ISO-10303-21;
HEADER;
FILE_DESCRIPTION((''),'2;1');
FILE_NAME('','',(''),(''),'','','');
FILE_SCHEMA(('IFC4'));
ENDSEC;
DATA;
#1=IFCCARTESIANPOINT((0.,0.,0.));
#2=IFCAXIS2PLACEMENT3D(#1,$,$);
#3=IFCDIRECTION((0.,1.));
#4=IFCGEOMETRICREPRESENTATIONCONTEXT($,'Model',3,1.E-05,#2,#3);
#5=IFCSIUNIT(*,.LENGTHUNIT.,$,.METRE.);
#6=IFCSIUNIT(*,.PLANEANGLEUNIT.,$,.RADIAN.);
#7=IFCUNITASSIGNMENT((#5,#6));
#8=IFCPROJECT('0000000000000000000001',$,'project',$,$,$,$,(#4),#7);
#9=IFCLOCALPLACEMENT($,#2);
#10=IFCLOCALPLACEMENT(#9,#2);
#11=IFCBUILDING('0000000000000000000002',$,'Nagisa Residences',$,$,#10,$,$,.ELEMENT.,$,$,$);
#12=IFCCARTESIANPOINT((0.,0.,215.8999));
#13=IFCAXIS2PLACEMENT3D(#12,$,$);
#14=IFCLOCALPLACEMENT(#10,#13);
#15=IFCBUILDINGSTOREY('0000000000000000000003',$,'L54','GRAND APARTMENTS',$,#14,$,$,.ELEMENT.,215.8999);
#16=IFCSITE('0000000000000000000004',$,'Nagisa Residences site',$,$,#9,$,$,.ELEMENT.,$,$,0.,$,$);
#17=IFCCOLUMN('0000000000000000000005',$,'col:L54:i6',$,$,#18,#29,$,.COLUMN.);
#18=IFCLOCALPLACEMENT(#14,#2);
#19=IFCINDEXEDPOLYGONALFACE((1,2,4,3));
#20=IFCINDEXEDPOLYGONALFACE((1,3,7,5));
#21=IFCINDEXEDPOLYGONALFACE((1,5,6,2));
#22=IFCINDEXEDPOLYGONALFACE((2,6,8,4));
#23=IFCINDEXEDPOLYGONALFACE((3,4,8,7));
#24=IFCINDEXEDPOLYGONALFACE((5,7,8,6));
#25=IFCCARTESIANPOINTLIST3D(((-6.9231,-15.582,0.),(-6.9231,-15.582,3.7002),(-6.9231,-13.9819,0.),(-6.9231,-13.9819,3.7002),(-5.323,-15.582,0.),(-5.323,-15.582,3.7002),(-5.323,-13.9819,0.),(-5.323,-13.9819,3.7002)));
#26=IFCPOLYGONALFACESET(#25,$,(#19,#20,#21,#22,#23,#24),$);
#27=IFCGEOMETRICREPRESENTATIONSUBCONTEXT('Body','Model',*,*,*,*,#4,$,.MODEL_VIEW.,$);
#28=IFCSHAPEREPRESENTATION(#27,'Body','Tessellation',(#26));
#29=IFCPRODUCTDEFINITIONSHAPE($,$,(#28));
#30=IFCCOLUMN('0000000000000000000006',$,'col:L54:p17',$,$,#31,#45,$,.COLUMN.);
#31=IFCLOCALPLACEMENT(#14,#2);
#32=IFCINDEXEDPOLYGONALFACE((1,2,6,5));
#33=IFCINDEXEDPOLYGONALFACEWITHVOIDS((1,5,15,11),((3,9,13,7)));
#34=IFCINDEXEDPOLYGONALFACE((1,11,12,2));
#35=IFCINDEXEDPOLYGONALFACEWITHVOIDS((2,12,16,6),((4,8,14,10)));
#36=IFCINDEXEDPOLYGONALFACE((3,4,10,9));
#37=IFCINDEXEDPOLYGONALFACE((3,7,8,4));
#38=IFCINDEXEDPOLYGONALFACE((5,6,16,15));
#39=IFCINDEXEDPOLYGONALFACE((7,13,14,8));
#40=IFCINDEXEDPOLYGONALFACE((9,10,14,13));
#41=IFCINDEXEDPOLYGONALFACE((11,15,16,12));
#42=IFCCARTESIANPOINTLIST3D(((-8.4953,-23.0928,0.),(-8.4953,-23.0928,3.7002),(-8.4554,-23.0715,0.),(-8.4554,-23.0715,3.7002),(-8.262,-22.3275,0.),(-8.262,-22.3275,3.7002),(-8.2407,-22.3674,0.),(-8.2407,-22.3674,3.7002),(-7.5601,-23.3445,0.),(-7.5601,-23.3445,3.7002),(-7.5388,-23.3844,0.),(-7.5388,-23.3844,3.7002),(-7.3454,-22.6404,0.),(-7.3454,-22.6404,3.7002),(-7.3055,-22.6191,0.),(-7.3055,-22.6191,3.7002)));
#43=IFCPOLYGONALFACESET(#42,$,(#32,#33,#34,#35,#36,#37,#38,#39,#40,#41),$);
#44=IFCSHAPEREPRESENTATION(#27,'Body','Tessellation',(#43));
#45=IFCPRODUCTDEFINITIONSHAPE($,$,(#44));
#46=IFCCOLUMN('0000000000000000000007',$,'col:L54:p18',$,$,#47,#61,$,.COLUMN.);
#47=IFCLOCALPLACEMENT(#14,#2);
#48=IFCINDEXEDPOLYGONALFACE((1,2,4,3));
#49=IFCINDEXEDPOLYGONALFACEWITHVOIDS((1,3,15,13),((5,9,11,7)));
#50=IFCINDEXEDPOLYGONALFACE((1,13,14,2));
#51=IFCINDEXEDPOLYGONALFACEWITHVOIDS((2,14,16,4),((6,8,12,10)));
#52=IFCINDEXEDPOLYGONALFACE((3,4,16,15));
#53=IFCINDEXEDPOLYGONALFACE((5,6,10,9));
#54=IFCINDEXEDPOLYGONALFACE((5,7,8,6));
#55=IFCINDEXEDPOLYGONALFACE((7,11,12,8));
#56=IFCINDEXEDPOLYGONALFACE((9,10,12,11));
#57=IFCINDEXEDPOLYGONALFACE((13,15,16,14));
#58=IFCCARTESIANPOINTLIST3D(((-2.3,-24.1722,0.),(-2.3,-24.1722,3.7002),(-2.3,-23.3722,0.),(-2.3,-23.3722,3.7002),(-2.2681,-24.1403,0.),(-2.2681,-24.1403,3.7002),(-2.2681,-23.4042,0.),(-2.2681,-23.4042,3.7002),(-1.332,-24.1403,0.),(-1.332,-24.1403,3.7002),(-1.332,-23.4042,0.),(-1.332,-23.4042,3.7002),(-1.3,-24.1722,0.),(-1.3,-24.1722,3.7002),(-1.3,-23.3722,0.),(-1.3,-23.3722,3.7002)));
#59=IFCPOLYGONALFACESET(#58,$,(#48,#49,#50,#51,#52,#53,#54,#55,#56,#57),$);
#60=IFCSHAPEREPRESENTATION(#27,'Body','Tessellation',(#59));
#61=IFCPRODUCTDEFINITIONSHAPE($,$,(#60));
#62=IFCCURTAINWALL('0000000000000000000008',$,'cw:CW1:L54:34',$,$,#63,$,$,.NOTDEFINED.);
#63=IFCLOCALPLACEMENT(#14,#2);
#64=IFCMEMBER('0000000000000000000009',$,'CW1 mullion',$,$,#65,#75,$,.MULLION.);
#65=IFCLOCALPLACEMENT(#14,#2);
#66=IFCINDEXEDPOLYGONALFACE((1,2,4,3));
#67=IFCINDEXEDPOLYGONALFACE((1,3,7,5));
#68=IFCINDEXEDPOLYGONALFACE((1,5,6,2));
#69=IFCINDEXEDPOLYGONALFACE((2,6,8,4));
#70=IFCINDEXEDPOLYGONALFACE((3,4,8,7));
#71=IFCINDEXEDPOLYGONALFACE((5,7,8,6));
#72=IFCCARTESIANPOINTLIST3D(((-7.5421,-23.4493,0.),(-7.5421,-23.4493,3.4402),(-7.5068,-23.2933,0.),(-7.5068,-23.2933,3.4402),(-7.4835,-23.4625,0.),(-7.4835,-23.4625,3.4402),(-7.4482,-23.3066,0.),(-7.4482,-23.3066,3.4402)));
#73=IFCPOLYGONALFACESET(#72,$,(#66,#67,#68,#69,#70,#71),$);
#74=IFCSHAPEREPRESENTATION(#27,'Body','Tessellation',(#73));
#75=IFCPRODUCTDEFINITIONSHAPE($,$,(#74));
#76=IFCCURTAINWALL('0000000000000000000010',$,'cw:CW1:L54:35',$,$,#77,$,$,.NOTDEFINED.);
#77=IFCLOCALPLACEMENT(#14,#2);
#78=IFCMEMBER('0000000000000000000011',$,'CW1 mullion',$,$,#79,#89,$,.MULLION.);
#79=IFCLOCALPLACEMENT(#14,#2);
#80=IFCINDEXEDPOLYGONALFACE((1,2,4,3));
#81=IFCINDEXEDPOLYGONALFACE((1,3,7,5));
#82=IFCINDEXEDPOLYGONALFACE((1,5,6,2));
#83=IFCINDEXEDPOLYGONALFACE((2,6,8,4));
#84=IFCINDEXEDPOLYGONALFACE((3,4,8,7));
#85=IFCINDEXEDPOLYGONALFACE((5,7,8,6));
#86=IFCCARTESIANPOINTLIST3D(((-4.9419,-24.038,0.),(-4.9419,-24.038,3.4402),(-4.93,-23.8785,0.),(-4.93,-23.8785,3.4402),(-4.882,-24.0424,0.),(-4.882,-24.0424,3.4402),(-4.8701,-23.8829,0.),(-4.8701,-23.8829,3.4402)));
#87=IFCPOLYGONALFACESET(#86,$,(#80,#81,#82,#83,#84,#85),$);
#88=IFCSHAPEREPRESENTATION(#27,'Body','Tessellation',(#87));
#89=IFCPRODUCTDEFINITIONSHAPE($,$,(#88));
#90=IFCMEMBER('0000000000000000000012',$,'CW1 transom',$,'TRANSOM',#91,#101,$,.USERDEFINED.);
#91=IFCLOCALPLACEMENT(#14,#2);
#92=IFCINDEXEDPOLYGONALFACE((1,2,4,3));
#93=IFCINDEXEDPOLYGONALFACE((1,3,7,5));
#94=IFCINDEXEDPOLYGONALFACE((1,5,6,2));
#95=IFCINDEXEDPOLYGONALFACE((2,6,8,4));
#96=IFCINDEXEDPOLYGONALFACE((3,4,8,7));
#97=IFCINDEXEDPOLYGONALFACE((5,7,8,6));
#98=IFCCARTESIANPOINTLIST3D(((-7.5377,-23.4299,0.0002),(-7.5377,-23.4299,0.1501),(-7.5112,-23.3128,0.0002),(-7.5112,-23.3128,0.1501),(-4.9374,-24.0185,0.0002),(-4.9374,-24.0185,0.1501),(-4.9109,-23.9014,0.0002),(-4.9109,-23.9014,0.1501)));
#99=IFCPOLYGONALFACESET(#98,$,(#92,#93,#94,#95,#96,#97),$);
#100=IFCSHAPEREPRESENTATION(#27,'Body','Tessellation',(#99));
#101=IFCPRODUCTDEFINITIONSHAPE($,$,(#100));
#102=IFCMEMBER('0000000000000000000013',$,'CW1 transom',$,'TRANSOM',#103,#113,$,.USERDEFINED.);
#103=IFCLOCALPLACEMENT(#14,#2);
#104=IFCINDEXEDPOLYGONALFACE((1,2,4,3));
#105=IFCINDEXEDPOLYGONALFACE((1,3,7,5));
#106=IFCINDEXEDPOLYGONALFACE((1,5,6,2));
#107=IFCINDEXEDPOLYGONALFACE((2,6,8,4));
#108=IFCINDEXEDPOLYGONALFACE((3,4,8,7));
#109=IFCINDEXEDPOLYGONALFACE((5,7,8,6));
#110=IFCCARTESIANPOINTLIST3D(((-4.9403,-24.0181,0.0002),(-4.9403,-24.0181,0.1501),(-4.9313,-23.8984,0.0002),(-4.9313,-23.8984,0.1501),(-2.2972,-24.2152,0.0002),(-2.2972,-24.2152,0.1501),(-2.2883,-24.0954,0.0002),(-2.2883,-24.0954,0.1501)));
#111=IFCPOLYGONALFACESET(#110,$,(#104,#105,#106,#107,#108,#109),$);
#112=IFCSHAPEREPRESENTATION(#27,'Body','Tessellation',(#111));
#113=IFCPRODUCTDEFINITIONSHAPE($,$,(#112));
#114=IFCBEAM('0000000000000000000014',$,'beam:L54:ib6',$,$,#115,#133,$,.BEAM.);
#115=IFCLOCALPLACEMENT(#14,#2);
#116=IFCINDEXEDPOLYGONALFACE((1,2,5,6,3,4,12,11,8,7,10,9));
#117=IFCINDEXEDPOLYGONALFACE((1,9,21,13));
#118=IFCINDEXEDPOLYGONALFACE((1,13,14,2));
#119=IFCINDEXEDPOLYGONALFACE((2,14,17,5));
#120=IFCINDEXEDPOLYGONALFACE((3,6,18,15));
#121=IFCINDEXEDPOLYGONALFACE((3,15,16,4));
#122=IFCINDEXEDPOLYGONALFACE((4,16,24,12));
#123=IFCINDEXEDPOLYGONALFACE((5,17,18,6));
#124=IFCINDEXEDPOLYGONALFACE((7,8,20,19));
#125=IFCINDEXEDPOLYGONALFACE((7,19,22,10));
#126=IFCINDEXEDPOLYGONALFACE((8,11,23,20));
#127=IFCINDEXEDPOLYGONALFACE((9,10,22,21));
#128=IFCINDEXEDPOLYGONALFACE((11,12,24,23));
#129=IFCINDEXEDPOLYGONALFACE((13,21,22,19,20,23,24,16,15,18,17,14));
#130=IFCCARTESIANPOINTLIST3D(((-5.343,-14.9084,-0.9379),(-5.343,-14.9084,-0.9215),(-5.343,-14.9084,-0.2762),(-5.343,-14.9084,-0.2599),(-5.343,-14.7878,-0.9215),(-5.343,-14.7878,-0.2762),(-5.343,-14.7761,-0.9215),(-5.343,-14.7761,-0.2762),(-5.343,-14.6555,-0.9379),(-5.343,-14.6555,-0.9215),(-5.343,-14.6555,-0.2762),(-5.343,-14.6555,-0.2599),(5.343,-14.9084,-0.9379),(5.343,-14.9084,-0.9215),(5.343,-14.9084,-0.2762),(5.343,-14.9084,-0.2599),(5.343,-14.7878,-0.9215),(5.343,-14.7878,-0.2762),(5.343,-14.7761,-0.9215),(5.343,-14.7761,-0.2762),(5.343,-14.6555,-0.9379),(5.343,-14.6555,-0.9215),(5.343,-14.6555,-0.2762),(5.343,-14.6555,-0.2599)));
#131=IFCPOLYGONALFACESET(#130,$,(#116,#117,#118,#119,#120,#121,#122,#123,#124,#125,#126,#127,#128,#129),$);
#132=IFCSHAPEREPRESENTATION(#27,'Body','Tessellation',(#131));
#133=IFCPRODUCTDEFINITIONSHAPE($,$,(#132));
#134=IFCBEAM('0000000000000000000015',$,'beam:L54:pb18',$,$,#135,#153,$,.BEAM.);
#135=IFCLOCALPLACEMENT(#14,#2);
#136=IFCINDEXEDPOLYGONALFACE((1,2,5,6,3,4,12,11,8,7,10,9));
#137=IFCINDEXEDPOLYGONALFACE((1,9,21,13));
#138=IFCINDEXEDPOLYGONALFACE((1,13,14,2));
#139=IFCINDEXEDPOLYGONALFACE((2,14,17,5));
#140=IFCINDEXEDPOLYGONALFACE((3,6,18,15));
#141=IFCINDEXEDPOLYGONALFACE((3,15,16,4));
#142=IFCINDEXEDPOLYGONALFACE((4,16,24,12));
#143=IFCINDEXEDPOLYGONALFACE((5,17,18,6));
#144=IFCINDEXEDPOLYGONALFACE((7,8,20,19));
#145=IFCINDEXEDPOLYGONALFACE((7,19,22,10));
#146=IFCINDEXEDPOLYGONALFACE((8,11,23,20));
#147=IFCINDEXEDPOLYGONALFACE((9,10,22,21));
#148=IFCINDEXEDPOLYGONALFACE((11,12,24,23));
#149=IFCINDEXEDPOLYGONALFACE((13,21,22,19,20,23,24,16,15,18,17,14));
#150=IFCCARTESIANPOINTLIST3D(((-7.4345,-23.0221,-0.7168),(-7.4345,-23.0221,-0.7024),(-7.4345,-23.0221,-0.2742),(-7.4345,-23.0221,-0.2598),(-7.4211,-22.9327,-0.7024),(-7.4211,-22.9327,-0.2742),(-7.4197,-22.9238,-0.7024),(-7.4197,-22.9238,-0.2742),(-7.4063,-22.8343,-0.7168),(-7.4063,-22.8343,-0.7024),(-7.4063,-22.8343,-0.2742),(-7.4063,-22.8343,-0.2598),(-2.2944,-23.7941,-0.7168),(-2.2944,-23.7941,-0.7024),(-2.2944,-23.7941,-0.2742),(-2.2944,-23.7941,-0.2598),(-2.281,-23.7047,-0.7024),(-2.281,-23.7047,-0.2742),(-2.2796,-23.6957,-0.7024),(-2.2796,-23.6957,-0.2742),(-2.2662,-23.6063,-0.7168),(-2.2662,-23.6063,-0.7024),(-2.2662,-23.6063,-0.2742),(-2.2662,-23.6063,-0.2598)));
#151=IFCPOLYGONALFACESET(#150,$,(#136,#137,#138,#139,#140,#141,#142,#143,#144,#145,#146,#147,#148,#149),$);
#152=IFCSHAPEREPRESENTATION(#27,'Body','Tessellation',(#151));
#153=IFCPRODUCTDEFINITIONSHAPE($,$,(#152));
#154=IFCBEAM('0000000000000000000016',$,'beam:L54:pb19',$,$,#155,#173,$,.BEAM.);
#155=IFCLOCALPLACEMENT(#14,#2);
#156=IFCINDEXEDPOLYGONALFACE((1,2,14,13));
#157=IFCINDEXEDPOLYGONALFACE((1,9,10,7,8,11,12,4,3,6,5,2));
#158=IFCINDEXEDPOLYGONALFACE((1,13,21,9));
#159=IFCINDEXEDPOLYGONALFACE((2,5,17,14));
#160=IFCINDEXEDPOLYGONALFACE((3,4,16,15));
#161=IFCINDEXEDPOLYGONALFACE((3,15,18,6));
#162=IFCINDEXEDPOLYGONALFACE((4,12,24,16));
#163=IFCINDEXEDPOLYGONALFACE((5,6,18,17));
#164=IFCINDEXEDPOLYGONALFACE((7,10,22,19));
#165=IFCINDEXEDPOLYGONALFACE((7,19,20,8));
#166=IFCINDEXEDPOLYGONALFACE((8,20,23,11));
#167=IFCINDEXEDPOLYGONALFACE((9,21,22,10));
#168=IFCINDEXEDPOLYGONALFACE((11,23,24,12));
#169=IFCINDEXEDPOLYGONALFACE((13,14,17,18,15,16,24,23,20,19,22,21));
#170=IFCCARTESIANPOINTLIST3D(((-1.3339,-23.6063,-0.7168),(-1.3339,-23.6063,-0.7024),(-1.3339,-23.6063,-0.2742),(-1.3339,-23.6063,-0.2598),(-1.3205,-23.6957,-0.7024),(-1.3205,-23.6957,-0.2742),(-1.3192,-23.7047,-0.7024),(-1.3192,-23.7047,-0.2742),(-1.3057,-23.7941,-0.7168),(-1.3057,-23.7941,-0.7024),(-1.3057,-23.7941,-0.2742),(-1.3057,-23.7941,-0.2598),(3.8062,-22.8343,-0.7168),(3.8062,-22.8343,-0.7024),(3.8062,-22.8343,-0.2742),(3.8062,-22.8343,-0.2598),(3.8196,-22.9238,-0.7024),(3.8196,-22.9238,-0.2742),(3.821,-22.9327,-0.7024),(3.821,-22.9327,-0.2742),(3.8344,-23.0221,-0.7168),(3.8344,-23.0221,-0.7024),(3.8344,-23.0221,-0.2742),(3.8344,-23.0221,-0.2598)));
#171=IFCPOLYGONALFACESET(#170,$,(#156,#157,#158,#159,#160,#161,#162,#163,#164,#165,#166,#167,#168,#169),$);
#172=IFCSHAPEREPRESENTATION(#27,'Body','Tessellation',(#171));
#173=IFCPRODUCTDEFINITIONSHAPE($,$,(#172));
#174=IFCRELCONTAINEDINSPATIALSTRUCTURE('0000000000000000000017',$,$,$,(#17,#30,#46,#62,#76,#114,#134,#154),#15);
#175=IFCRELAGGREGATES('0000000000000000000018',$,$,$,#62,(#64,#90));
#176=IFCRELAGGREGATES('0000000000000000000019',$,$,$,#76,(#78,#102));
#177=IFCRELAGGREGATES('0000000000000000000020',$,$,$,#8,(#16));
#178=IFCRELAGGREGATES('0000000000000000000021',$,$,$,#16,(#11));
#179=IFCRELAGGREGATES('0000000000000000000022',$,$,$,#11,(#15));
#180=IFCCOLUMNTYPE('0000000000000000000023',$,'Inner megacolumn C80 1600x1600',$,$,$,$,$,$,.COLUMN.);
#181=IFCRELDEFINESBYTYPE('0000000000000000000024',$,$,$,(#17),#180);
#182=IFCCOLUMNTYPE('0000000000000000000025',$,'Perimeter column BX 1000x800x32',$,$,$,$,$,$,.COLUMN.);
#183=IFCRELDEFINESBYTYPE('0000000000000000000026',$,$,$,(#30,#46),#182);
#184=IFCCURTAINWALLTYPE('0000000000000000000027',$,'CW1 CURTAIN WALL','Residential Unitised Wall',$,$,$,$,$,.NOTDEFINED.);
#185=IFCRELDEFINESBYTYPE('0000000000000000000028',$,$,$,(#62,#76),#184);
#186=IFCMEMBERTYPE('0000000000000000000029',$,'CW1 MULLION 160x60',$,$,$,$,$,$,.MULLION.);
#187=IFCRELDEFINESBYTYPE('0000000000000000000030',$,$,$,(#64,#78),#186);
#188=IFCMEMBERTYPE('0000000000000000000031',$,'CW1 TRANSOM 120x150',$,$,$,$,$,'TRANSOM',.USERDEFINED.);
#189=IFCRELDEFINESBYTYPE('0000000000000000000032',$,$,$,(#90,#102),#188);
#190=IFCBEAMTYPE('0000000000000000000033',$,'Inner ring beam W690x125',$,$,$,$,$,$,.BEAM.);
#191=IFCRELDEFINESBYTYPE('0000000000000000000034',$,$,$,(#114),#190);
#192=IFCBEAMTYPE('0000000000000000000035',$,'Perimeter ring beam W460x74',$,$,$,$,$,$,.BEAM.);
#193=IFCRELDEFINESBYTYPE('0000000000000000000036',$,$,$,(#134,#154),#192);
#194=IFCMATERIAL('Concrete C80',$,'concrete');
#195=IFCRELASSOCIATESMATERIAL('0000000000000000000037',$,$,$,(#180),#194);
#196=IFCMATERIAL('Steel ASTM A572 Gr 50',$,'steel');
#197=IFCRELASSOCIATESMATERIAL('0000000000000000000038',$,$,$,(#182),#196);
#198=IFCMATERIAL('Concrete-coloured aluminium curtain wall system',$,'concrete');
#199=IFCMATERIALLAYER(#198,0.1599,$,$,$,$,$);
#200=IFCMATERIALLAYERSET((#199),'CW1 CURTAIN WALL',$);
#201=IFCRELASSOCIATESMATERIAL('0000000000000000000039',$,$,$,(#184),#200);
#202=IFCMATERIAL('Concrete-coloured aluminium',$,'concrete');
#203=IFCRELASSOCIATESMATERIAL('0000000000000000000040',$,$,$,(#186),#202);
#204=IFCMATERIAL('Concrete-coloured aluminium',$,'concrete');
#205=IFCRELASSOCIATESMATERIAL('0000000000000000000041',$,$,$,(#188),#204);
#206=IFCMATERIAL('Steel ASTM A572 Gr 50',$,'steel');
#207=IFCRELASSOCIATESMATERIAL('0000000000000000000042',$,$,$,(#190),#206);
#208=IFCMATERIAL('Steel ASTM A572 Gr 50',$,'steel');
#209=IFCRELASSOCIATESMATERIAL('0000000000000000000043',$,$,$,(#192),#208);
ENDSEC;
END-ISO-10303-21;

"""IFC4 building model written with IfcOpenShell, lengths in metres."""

from ifc_helpers import new_model, si_unit, direction, frame, origin, origin_2d, place, context, subcontext, project, spatial, rectangle, hollow_rectangle, i_section, extrude, material, layer, layer_set, material_profile, profile_set, type_object, element, aggregate, save


model = new_model("IFC4")

# Units and contexts
model_context = context("Model", 3, precision=1e-05, world=origin(), true_north=direction((0.0, 1.0)))
body_context = subcontext(model_context, "Body", "Model", "MODEL_VIEW")
ifc_project = project(units=[si_unit("LENGTHUNIT", "METRE"), si_unit("PLANEANGLEUNIT", "RADIAN")], contexts=[model_context])

# Site, building, storey
site_placement = place(None, origin())
site = spatial("IfcSite", under=ifc_project, at=site_placement, Name="Nagisa Residences site", CompositionType="ELEMENT", RefElevation=0.0)
building_placement = place(site_placement, origin())
building = spatial("IfcBuilding", under=site, at=building_placement, Name="Nagisa Residences", CompositionType="ELEMENT")
storey_placement = place(building_placement, frame((0.0, 0.0, 215.8999)))
storey = spatial("IfcBuildingStorey", under=building, at=storey_placement, Name="L54", Description="GRAND APARTMENTS", CompositionType="ELEMENT", Elevation=215.8999)

# Columns
ifc_material_1 = material(Name="Concrete C80", Category="concrete")
ifc_material_profile_1 = material_profile(ifc_material_1, rectangle(XDim=1.6001, YDim=1.6001, at=origin_2d()), Name="C80 1600x1600")
ifc_profile_set_1 = profile_set([ifc_material_profile_1], Name="Concrete C80")
column_type_1 = type_object("IfcColumnType", Name="Inner megacolumn C80 1600x1600", PredefinedType="COLUMN", material=ifc_profile_set_1)
column_placement = place(storey_placement, frame((-6.123, -14.782, 0.0), z_axis=(0.0, 0.0, 1.0), x_axis=(1.0, 0.0, 0.0)))
element("IfcColumn", 1, at=column_placement, inside=storey, type_object=column_type_1, Name="col:L54:i6", PredefinedType="COLUMN", context=body_context, shape_type="SweptSolid", body=[
    extrude(rectangle(XDim=1.6001, YDim=1.6001, at=origin_2d()), origin(), (0.0, 0.0, 1.0), 3.7002),
])
ifc_material_2 = material(Name="Steel ASTM A572 Gr 50", Category="steel")
ifc_material_profile_2 = material_profile(ifc_material_2, hollow_rectangle(XDim=1.0, YDim=0.8, WallThickness=0.032, at=origin_2d()), Name="BX 1000x800x32")
ifc_profile_set_2 = profile_set([ifc_material_profile_2], Name="Steel ASTM A572 Gr 50")
column_type_2 = type_object("IfcColumnType", Name="Perimeter column BX 1000x800x32", PredefinedType="COLUMN", material=ifc_profile_set_2)
for number, where, z_axis, x_axis, name in (
    (2, (-7.9004, -22.856, 0.0), (0.0, 0.0, 1.0), (0.956525, -0.291652, 0.0), "col:L54:p17"),
    (3, (-1.8, -23.7722, 0.0), (0.0, 0.0, 1.0), (1.0, 0.0, 0.0), "col:L54:p18"),
):
    element("IfcColumn", number, at=place(storey_placement, frame(where, z_axis=z_axis, x_axis=x_axis)), inside=storey, type_object=column_type_2, Name=name, PredefinedType="COLUMN", context=body_context, shape_type="SweptSolid", body=[
        extrude(hollow_rectangle(XDim=1.0, YDim=0.8, WallThickness=0.032, at=origin_2d()), origin(), (0.0, 0.0, 1.0), 3.7002),
    ])

# Curtain walls, members
ifc_material_3 = material(Name="Concrete-coloured aluminium curtain wall system", Category="concrete")
ifc_layer_1 = layer(ifc_material_3, 0.1599)
ifc_layer_set_1 = layer_set([ifc_layer_1], Name="CW1 CURTAIN WALL")
curtain_wall_type = type_object("IfcCurtainWallType", Name="CW1 CURTAIN WALL", Description="Residential Unitised Wall", PredefinedType="NOTDEFINED", material=ifc_layer_set_1)
curtain_wall_1_placement = place(storey_placement, origin())
curtain_wall_1 = element("IfcCurtainWall", 4, at=curtain_wall_1_placement, inside=storey, type_object=curtain_wall_type, Name="cw:CW1:L54:34", PredefinedType="NOTDEFINED")
ifc_material_4 = material(Name="Concrete-coloured aluminium", Category="concrete")
ifc_material_profile_3 = material_profile(ifc_material_4, rectangle(XDim=0.1599, YDim=0.0601, at=origin_2d()), Name="CW1 MULLION 160x60")
ifc_profile_set_3 = profile_set([ifc_material_profile_3], Name="Concrete-coloured aluminium")
member_type_1 = type_object("IfcMemberType", Name="CW1 MULLION 160x60", PredefinedType="MULLION", material=ifc_profile_set_3)
member_1_placement = place(storey_placement, frame((-7.4951, -23.3779, 0.0), z_axis=(0.0, 0.0, 1.0), x_axis=(0.220764, 0.975327, 0.0)))
member_1 = element("IfcMember", 5, at=member_1_placement, type_object=member_type_1, Name="CW1 mullion", PredefinedType="MULLION", context=body_context, shape_type="SweptSolid", body=[
    extrude(rectangle(XDim=0.1599, YDim=0.0601, at=origin_2d()), origin(), (0.0, 0.0, 1.0), 3.4402),
])
curtain_wall_2_placement = place(storey_placement, origin())
curtain_wall_2 = element("IfcCurtainWall", 6, at=curtain_wall_2_placement, inside=storey, type_object=curtain_wall_type, Name="cw:CW1:L54:35", PredefinedType="NOTDEFINED")
member_2_placement = place(storey_placement, frame((-4.906, -23.9604, 0.0), z_axis=(0.0, 0.0, 1.0), x_axis=(0.074377, 0.99723, 0.0)))
member_2 = element("IfcMember", 7, at=member_2_placement, type_object=member_type_1, Name="CW1 mullion", PredefinedType="MULLION", context=body_context, shape_type="SweptSolid", body=[
    extrude(rectangle(XDim=0.1599, YDim=0.0601, at=origin_2d()), origin(), (0.0, 0.0, 1.0), 3.4402),
])

# Members
ifc_material_5 = material(Name="Concrete-coloured aluminium", Category="concrete")
ifc_material_profile_4 = material_profile(ifc_material_5, rectangle(XDim=0.1201, YDim=0.1499, at=origin_2d()), Name="CW1 TRANSOM 120x150")
ifc_profile_set_4 = profile_set([ifc_material_profile_4], Name="Concrete-coloured aluminium")
member_type_2 = type_object("IfcMemberType", Name="CW1 TRANSOM 120x150", ElementType="TRANSOM", PredefinedType="USERDEFINED", material=ifc_profile_set_4)
member_3_placement = place(storey_placement, frame((-7.5244, -23.3713, 0.0752), z_axis=(0.975324, -0.220778, 0.0), x_axis=(0.220778, 0.975324, 0.0)))
member_3 = element("IfcMember", 8, at=member_3_placement, type_object=member_type_2, Name="CW1 transom", ObjectType="TRANSOM", PredefinedType="USERDEFINED", context=body_context, shape_type="SweptSolid", body=[
    extrude(rectangle(XDim=0.1201, YDim=0.1499, at=origin_2d()), origin(), (0.0, 0.0, 1.0), 2.666),
])
member_4_placement = place(storey_placement, frame((-4.9358, -23.9583, 0.0752), z_axis=(0.997233, -0.074337, 0.0), x_axis=(0.074337, 0.997233, 0.0)))
member_4 = element("IfcMember", 9, at=member_4_placement, type_object=member_type_2, Name="CW1 transom", ObjectType="TRANSOM", PredefinedType="USERDEFINED", context=body_context, shape_type="SweptSolid", body=[
    extrude(rectangle(XDim=0.1201, YDim=0.1499, at=origin_2d()), origin(), (0.0, 0.0, 1.0), 2.6504),
])

# Beams
ifc_material_6 = material(Name="Steel ASTM A572 Gr 50", Category="steel")
ifc_material_profile_5 = material_profile(ifc_material_6, i_section(OverallWidth=0.2529, OverallDepth=0.678, WebThickness=0.0117, FlangeThickness=0.0164, at=origin_2d()), Name="W690x125")
ifc_profile_set_5 = profile_set([ifc_material_profile_5], Name="Steel ASTM A572 Gr 50")
beam_type_1 = type_object("IfcBeamType", Name="Inner ring beam W690x125", PredefinedType="BEAM", material=ifc_profile_set_5)
beam_1_placement = place(storey_placement, frame((-5.343, -14.782, -0.5989), z_axis=(1.0, 0.0, 0.0), x_axis=(0.0, 1.0, 0.0)))
element("IfcBeam", 10, at=beam_1_placement, inside=storey, type_object=beam_type_1, Name="beam:L54:ib6", PredefinedType="BEAM", context=body_context, shape_type="SweptSolid", body=[
    extrude(i_section(OverallWidth=0.2529, OverallDepth=0.678, WebThickness=0.0117, FlangeThickness=0.0164, at=origin_2d()), origin(), (0.0, 0.0, 1.0), 10.686),
])
ifc_material_7 = material(Name="Steel ASTM A572 Gr 50", Category="steel")
ifc_material_profile_6 = material_profile(ifc_material_7, i_section(OverallWidth=0.1899, OverallDepth=0.457, WebThickness=0.009, FlangeThickness=0.0144, at=origin_2d()), Name="W460x74")
ifc_profile_set_6 = profile_set([ifc_material_profile_6], Name="Steel ASTM A572 Gr 50")
beam_type_2 = type_object("IfcBeamType", Name="Perimeter ring beam W460x74", PredefinedType="BEAM", material=ifc_profile_set_6)
for number, where, z_axis, x_axis, name in (
    (11, (-7.4204, -22.9282, -0.4883), (0.988909, -0.14852, 0.0), (0.14852, 0.988909, 0.0), "beam:L54:pb18"),
    (12, (-1.3198, -23.7002, -0.4883), (0.988909, 0.14852, 0.0), (-0.14852, 0.988909, 0.0), "beam:L54:pb19"),
):
    element("IfcBeam", number, at=place(storey_placement, frame(where, z_axis=z_axis, x_axis=x_axis)), inside=storey, type_object=beam_type_2, Name=name, PredefinedType="BEAM", context=body_context, shape_type="SweptSolid", body=[
        extrude(i_section(OverallWidth=0.1899, OverallDepth=0.457, WebThickness=0.009, FlangeThickness=0.0144, at=origin_2d()), origin(), (0.0, 0.0, 1.0), 5.1978),
    ])

aggregate(curtain_wall_1, [member_1, member_3])
aggregate(curtain_wall_2, [member_2, member_4])

save(model, "model.ifc")
